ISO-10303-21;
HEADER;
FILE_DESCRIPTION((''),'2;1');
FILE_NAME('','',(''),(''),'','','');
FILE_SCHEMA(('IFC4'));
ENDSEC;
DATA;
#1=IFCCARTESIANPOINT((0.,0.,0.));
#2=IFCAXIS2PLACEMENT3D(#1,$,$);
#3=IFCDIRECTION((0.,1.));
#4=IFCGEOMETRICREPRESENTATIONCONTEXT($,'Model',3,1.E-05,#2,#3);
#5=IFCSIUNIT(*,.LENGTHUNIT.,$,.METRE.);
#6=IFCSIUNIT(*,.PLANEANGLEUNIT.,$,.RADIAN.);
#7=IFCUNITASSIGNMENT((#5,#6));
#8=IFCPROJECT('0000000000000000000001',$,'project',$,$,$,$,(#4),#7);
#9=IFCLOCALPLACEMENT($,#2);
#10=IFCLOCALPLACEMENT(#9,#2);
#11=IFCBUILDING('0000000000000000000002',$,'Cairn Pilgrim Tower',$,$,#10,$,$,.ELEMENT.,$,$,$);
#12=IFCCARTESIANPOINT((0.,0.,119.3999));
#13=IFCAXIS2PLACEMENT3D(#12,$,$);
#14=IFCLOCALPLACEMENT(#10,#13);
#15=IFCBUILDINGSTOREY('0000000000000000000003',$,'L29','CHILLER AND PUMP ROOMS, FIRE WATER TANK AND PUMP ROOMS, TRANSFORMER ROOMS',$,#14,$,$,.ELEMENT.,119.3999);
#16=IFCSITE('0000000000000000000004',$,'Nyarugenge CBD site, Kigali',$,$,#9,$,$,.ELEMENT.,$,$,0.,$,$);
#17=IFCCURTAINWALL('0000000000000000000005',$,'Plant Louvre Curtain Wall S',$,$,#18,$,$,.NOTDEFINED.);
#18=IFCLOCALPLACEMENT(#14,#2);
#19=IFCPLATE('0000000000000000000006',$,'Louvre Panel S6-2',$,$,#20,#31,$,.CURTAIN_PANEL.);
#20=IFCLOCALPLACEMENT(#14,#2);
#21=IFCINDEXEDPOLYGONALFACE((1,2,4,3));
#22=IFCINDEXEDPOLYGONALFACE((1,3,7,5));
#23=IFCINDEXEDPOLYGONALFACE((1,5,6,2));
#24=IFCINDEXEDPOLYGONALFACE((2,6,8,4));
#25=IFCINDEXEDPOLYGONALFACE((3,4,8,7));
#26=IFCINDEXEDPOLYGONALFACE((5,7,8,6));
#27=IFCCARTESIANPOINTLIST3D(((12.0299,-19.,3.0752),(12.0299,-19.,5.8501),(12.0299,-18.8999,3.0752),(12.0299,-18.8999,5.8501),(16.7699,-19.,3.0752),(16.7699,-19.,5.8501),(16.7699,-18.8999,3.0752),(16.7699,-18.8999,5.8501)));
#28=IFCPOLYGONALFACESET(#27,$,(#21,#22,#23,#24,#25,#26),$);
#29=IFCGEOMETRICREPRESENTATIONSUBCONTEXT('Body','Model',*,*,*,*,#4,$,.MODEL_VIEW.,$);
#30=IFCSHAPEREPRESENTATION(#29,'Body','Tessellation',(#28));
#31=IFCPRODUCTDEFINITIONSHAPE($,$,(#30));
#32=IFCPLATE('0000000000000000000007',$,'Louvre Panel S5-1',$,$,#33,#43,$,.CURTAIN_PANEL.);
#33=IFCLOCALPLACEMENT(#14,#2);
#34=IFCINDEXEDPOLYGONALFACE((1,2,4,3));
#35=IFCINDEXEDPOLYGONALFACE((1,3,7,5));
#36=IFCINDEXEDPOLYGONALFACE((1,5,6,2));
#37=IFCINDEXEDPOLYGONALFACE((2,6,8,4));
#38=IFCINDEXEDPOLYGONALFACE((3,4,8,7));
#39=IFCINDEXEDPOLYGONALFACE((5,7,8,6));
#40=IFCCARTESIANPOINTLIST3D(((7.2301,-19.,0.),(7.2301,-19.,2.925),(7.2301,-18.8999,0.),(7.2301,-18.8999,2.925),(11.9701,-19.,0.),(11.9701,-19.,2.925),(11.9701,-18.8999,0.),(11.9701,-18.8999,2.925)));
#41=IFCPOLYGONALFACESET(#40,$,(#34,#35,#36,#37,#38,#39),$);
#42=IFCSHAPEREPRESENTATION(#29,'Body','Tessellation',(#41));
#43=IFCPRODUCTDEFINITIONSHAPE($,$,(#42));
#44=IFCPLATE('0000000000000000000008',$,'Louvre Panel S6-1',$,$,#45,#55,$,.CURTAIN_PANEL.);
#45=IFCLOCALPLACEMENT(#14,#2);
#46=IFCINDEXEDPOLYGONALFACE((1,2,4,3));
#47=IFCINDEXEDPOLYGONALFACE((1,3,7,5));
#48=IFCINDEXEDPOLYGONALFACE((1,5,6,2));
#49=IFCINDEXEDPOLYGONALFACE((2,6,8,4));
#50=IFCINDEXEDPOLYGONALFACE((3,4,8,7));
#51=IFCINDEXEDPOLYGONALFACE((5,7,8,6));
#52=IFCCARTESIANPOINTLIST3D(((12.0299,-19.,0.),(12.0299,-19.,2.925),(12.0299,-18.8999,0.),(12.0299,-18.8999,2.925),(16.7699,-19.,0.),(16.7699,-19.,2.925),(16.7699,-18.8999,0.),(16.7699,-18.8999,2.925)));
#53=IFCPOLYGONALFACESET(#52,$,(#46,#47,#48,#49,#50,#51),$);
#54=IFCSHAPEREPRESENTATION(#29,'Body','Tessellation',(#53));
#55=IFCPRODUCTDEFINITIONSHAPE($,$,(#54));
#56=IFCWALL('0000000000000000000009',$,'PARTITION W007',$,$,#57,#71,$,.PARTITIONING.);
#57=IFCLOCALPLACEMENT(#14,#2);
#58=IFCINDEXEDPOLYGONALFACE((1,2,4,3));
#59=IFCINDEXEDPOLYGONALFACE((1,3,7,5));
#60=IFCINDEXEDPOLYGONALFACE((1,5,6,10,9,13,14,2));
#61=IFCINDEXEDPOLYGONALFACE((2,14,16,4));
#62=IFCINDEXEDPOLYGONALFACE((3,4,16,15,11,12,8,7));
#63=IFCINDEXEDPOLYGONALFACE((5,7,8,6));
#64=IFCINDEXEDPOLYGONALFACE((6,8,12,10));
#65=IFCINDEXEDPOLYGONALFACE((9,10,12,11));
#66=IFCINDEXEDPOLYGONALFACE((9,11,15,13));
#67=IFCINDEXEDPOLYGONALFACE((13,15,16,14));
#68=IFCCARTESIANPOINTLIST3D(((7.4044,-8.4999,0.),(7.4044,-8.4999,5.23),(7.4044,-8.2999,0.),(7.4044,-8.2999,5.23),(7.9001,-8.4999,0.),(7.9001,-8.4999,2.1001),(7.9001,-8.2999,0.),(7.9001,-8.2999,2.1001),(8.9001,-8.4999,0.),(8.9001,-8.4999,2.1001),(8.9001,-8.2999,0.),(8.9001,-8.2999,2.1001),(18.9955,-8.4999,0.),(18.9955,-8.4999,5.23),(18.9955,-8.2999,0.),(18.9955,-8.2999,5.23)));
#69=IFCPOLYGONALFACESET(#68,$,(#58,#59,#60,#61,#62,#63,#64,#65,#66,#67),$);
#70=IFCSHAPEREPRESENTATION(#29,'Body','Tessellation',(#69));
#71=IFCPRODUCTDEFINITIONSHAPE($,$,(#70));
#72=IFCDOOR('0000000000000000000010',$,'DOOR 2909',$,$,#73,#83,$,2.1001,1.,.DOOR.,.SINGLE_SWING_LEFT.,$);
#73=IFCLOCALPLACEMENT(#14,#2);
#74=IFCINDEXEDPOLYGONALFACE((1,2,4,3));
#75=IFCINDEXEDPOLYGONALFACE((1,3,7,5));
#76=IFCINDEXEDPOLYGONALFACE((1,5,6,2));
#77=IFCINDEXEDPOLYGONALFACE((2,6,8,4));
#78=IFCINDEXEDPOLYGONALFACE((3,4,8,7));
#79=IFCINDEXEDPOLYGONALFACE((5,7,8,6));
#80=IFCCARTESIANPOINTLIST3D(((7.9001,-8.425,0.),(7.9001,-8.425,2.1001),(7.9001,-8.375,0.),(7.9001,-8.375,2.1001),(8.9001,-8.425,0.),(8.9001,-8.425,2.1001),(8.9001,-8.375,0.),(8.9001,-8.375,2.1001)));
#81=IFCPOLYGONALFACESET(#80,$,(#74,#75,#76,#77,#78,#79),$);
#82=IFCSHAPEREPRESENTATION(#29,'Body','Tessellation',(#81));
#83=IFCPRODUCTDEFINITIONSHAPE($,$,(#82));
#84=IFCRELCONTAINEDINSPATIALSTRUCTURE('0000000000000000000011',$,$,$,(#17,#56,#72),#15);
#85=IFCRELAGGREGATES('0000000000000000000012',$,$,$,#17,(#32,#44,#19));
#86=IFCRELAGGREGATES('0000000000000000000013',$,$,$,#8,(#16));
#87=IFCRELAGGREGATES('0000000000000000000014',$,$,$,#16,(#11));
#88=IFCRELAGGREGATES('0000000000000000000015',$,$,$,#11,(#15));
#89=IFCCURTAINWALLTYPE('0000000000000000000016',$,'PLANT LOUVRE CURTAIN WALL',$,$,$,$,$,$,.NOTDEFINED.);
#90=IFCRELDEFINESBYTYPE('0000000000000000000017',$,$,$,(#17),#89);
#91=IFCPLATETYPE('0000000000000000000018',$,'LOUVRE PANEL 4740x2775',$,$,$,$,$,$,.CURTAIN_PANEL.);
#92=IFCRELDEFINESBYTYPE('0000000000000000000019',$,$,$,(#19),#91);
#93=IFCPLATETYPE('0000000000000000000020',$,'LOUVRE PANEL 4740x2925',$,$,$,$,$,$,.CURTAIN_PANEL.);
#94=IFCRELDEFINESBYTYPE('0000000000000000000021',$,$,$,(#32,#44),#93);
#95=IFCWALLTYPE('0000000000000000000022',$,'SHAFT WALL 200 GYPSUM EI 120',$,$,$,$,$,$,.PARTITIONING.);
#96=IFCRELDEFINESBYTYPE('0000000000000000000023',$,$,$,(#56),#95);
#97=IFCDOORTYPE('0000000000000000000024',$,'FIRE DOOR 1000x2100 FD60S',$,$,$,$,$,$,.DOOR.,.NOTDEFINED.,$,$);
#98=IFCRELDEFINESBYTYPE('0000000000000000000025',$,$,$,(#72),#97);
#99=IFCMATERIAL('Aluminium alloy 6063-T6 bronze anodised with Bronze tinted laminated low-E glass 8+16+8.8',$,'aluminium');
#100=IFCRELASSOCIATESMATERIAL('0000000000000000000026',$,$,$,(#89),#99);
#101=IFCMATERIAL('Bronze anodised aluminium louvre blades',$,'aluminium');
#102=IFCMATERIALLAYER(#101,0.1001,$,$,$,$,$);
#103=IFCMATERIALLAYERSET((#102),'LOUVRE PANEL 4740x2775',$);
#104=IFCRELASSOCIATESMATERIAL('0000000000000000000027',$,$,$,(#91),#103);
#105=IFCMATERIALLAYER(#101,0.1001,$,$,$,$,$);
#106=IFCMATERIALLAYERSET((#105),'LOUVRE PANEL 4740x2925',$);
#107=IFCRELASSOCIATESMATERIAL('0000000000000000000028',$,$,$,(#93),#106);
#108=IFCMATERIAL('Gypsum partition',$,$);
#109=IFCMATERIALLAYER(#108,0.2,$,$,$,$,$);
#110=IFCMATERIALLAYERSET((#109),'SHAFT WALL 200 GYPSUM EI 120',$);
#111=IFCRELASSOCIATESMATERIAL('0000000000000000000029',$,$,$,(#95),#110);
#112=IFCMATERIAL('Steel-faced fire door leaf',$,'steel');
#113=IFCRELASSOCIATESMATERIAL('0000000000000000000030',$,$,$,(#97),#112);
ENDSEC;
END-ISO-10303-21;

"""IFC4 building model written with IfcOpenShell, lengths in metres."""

from ifc_helpers import new_model, si_unit, direction, frame, frame_2d, origin, origin_2d, place, context, subcontext, project, spatial, rectangle, extrude, material, layer, layer_set, type_object, element, fill, aggregate, save


model = new_model("IFC4")

# Units and contexts
model_context = context("Model", 3, precision=1e-05, world=origin(), true_north=direction((0.0, 1.0)))
body_context = subcontext(model_context, "Body", "Model", "MODEL_VIEW")
ifc_project = project(units=[si_unit("LENGTHUNIT", "METRE"), si_unit("PLANEANGLEUNIT", "RADIAN")], contexts=[model_context])

# Site, building, storey
site_placement = place(None, origin())
site = spatial("IfcSite", under=ifc_project, at=site_placement, Name="Nyarugenge CBD site, Kigali", CompositionType="ELEMENT", RefElevation=0.0)
building_placement = place(site_placement, origin())
building = spatial("IfcBuilding", under=site, at=building_placement, Name="Cairn Pilgrim Tower", CompositionType="ELEMENT")
storey_placement = place(building_placement, frame((0.0, 0.0, 119.3999)))
storey = spatial("IfcBuildingStorey", under=building, at=storey_placement, Name="L29", Description="CHILLER AND PUMP ROOMS, FIRE WATER TANK AND PUMP ROOMS, TRANSFORMER ROOMS", CompositionType="ELEMENT", Elevation=119.3999)

# Curtain wall
ifc_material_1 = material(Name="Aluminium alloy 6063-T6 bronze anodised with Bronze tinted laminated low-E glass 8+16+8.8", Category="aluminium")
curtain_wall_type = type_object("IfcCurtainWallType", Name="PLANT LOUVRE CURTAIN WALL", PredefinedType="NOTDEFINED", material=ifc_material_1)
curtain_wall_placement = place(storey_placement, origin())
curtain_wall = element("IfcCurtainWall", 1, at=curtain_wall_placement, inside=storey, type_object=curtain_wall_type, Name="Plant Louvre Curtain Wall S", PredefinedType="NOTDEFINED")

# Plates
ifc_material_2 = material(Name="Bronze anodised aluminium louvre blades", Category="aluminium")
ifc_layer_1 = layer(ifc_material_2, 0.1001)
ifc_layer_set_1 = layer_set([ifc_layer_1], Name="LOUVRE PANEL 4740x2775")
plate_type_1 = type_object("IfcPlateType", Name="LOUVRE PANEL 4740x2775", PredefinedType="CURTAIN_PANEL", material=ifc_layer_set_1)
plate_1_placement = place(storey_placement, frame((14.3999, -18.95, 3.0752), z_axis=(0.0, 0.0, 1.0), x_axis=(1.0, 0.0, 0.0)))
plate_1 = element("IfcPlate", 2, at=plate_1_placement, type_object=plate_type_1, Name="Louvre Panel S6-2", PredefinedType="CURTAIN_PANEL", context=body_context, shape_type="SweptSolid", body=[
    extrude(rectangle(XDim=4.74, YDim=0.1001, at=origin_2d()), origin(), (0.0, 0.0, 1.0), 2.7749),
])
ifc_layer_2 = layer(ifc_material_2, 0.1001)
ifc_layer_set_2 = layer_set([ifc_layer_2], Name="LOUVRE PANEL 4740x2925")
plate_type_2 = type_object("IfcPlateType", Name="LOUVRE PANEL 4740x2925", PredefinedType="CURTAIN_PANEL", material=ifc_layer_set_2)
plate_2_placement = place(storey_placement, frame((9.6001, -18.95, 0.0), z_axis=(0.0, 0.0, 1.0), x_axis=(1.0, 0.0, 0.0)))
plate_2 = element("IfcPlate", 3, at=plate_2_placement, type_object=plate_type_2, Name="Louvre Panel S5-1", PredefinedType="CURTAIN_PANEL", context=body_context, shape_type="SweptSolid", body=[
    extrude(rectangle(XDim=4.74, YDim=0.1001, at=origin_2d()), origin(), (0.0, 0.0, 1.0), 2.925),
])
plate_3_placement = place(storey_placement, frame((14.3999, -18.95, 0.0), z_axis=(0.0, 0.0, 1.0), x_axis=(1.0, 0.0, 0.0)))
plate_3 = element("IfcPlate", 4, at=plate_3_placement, type_object=plate_type_2, Name="Louvre Panel S6-1", PredefinedType="CURTAIN_PANEL", context=body_context, shape_type="SweptSolid", body=[
    extrude(rectangle(XDim=4.74, YDim=0.1001, at=origin_2d()), origin(), (0.0, 0.0, 1.0), 2.925),
])
aggregate(curtain_wall, [plate_2, plate_3, plate_1])

# Wall, opening, door
ifc_material_3 = material(Name="Gypsum partition")
ifc_layer_3 = layer(ifc_material_3, 0.2)
ifc_layer_set_3 = layer_set([ifc_layer_3], Name="SHAFT WALL 200 GYPSUM EI 120")
wall_type = type_object("IfcWallType", Name="SHAFT WALL 200 GYPSUM EI 120", PredefinedType="PARTITIONING", material=ifc_layer_set_3)
wall_placement = place(storey_placement, frame((7.4045, -8.3999, 0.0), z_axis=(0.0, 0.0, 1.0), x_axis=(1.0, 0.0, 0.0)))
wall = element("IfcWall", 5, at=wall_placement, inside=storey, type_object=wall_type, Name="PARTITION W007", PredefinedType="PARTITIONING", context=body_context, shape_type="SweptSolid", body=[
    extrude(rectangle(XDim=11.5911, YDim=0.2, at=frame_2d((5.7954, 0.0))), origin(), (0.0, 0.0, 1.0), 5.23),
])
opening_placement = place(wall_placement, frame((0.4956, 0.0, 0.0)))
opening = element("IfcOpeningElement", 6, at=opening_placement, cuts=wall, PredefinedType="OPENING", context=body_context, shape_type="SweptSolid", body=[
    extrude(rectangle(XDim=1.0, YDim=2.1001, at=frame_2d((0.5, 1.05))), frame((0.0, 0.1099, 0.0), z_axis=(0.0, -1.0, 0.0), x_axis=(1.0, 0.0, 0.0)), (0.0, 0.0, 1.0), 0.22),
])
ifc_material_4 = material(Name="Steel-faced fire door leaf", Category="steel")
door_type = type_object("IfcDoorType", Name="FIRE DOOR 1000x2100 FD60S", OperationType="NOTDEFINED", PredefinedType="DOOR", material=ifc_material_4)
door_placement = place(opening_placement, origin())
door = element("IfcDoor", 7, at=door_placement, inside=storey, type_object=door_type, Name="DOOR 2909", OperationType="SINGLE_SWING_LEFT", OverallHeight=2.1001, OverallWidth=1.0, PredefinedType="DOOR", context=body_context, shape_type="SweptSolid", body=[
    extrude(rectangle(XDim=1.0, YDim=2.1001, at=frame_2d((0.5, 1.05))), frame((0.0, 0.0249, 0.0), z_axis=(0.0, -1.0, 0.0), x_axis=(1.0, 0.0, 0.0)), (0.0, 0.0, 1.0), 0.05),
])
fill(opening, door)

save(model, "model.ifc")
